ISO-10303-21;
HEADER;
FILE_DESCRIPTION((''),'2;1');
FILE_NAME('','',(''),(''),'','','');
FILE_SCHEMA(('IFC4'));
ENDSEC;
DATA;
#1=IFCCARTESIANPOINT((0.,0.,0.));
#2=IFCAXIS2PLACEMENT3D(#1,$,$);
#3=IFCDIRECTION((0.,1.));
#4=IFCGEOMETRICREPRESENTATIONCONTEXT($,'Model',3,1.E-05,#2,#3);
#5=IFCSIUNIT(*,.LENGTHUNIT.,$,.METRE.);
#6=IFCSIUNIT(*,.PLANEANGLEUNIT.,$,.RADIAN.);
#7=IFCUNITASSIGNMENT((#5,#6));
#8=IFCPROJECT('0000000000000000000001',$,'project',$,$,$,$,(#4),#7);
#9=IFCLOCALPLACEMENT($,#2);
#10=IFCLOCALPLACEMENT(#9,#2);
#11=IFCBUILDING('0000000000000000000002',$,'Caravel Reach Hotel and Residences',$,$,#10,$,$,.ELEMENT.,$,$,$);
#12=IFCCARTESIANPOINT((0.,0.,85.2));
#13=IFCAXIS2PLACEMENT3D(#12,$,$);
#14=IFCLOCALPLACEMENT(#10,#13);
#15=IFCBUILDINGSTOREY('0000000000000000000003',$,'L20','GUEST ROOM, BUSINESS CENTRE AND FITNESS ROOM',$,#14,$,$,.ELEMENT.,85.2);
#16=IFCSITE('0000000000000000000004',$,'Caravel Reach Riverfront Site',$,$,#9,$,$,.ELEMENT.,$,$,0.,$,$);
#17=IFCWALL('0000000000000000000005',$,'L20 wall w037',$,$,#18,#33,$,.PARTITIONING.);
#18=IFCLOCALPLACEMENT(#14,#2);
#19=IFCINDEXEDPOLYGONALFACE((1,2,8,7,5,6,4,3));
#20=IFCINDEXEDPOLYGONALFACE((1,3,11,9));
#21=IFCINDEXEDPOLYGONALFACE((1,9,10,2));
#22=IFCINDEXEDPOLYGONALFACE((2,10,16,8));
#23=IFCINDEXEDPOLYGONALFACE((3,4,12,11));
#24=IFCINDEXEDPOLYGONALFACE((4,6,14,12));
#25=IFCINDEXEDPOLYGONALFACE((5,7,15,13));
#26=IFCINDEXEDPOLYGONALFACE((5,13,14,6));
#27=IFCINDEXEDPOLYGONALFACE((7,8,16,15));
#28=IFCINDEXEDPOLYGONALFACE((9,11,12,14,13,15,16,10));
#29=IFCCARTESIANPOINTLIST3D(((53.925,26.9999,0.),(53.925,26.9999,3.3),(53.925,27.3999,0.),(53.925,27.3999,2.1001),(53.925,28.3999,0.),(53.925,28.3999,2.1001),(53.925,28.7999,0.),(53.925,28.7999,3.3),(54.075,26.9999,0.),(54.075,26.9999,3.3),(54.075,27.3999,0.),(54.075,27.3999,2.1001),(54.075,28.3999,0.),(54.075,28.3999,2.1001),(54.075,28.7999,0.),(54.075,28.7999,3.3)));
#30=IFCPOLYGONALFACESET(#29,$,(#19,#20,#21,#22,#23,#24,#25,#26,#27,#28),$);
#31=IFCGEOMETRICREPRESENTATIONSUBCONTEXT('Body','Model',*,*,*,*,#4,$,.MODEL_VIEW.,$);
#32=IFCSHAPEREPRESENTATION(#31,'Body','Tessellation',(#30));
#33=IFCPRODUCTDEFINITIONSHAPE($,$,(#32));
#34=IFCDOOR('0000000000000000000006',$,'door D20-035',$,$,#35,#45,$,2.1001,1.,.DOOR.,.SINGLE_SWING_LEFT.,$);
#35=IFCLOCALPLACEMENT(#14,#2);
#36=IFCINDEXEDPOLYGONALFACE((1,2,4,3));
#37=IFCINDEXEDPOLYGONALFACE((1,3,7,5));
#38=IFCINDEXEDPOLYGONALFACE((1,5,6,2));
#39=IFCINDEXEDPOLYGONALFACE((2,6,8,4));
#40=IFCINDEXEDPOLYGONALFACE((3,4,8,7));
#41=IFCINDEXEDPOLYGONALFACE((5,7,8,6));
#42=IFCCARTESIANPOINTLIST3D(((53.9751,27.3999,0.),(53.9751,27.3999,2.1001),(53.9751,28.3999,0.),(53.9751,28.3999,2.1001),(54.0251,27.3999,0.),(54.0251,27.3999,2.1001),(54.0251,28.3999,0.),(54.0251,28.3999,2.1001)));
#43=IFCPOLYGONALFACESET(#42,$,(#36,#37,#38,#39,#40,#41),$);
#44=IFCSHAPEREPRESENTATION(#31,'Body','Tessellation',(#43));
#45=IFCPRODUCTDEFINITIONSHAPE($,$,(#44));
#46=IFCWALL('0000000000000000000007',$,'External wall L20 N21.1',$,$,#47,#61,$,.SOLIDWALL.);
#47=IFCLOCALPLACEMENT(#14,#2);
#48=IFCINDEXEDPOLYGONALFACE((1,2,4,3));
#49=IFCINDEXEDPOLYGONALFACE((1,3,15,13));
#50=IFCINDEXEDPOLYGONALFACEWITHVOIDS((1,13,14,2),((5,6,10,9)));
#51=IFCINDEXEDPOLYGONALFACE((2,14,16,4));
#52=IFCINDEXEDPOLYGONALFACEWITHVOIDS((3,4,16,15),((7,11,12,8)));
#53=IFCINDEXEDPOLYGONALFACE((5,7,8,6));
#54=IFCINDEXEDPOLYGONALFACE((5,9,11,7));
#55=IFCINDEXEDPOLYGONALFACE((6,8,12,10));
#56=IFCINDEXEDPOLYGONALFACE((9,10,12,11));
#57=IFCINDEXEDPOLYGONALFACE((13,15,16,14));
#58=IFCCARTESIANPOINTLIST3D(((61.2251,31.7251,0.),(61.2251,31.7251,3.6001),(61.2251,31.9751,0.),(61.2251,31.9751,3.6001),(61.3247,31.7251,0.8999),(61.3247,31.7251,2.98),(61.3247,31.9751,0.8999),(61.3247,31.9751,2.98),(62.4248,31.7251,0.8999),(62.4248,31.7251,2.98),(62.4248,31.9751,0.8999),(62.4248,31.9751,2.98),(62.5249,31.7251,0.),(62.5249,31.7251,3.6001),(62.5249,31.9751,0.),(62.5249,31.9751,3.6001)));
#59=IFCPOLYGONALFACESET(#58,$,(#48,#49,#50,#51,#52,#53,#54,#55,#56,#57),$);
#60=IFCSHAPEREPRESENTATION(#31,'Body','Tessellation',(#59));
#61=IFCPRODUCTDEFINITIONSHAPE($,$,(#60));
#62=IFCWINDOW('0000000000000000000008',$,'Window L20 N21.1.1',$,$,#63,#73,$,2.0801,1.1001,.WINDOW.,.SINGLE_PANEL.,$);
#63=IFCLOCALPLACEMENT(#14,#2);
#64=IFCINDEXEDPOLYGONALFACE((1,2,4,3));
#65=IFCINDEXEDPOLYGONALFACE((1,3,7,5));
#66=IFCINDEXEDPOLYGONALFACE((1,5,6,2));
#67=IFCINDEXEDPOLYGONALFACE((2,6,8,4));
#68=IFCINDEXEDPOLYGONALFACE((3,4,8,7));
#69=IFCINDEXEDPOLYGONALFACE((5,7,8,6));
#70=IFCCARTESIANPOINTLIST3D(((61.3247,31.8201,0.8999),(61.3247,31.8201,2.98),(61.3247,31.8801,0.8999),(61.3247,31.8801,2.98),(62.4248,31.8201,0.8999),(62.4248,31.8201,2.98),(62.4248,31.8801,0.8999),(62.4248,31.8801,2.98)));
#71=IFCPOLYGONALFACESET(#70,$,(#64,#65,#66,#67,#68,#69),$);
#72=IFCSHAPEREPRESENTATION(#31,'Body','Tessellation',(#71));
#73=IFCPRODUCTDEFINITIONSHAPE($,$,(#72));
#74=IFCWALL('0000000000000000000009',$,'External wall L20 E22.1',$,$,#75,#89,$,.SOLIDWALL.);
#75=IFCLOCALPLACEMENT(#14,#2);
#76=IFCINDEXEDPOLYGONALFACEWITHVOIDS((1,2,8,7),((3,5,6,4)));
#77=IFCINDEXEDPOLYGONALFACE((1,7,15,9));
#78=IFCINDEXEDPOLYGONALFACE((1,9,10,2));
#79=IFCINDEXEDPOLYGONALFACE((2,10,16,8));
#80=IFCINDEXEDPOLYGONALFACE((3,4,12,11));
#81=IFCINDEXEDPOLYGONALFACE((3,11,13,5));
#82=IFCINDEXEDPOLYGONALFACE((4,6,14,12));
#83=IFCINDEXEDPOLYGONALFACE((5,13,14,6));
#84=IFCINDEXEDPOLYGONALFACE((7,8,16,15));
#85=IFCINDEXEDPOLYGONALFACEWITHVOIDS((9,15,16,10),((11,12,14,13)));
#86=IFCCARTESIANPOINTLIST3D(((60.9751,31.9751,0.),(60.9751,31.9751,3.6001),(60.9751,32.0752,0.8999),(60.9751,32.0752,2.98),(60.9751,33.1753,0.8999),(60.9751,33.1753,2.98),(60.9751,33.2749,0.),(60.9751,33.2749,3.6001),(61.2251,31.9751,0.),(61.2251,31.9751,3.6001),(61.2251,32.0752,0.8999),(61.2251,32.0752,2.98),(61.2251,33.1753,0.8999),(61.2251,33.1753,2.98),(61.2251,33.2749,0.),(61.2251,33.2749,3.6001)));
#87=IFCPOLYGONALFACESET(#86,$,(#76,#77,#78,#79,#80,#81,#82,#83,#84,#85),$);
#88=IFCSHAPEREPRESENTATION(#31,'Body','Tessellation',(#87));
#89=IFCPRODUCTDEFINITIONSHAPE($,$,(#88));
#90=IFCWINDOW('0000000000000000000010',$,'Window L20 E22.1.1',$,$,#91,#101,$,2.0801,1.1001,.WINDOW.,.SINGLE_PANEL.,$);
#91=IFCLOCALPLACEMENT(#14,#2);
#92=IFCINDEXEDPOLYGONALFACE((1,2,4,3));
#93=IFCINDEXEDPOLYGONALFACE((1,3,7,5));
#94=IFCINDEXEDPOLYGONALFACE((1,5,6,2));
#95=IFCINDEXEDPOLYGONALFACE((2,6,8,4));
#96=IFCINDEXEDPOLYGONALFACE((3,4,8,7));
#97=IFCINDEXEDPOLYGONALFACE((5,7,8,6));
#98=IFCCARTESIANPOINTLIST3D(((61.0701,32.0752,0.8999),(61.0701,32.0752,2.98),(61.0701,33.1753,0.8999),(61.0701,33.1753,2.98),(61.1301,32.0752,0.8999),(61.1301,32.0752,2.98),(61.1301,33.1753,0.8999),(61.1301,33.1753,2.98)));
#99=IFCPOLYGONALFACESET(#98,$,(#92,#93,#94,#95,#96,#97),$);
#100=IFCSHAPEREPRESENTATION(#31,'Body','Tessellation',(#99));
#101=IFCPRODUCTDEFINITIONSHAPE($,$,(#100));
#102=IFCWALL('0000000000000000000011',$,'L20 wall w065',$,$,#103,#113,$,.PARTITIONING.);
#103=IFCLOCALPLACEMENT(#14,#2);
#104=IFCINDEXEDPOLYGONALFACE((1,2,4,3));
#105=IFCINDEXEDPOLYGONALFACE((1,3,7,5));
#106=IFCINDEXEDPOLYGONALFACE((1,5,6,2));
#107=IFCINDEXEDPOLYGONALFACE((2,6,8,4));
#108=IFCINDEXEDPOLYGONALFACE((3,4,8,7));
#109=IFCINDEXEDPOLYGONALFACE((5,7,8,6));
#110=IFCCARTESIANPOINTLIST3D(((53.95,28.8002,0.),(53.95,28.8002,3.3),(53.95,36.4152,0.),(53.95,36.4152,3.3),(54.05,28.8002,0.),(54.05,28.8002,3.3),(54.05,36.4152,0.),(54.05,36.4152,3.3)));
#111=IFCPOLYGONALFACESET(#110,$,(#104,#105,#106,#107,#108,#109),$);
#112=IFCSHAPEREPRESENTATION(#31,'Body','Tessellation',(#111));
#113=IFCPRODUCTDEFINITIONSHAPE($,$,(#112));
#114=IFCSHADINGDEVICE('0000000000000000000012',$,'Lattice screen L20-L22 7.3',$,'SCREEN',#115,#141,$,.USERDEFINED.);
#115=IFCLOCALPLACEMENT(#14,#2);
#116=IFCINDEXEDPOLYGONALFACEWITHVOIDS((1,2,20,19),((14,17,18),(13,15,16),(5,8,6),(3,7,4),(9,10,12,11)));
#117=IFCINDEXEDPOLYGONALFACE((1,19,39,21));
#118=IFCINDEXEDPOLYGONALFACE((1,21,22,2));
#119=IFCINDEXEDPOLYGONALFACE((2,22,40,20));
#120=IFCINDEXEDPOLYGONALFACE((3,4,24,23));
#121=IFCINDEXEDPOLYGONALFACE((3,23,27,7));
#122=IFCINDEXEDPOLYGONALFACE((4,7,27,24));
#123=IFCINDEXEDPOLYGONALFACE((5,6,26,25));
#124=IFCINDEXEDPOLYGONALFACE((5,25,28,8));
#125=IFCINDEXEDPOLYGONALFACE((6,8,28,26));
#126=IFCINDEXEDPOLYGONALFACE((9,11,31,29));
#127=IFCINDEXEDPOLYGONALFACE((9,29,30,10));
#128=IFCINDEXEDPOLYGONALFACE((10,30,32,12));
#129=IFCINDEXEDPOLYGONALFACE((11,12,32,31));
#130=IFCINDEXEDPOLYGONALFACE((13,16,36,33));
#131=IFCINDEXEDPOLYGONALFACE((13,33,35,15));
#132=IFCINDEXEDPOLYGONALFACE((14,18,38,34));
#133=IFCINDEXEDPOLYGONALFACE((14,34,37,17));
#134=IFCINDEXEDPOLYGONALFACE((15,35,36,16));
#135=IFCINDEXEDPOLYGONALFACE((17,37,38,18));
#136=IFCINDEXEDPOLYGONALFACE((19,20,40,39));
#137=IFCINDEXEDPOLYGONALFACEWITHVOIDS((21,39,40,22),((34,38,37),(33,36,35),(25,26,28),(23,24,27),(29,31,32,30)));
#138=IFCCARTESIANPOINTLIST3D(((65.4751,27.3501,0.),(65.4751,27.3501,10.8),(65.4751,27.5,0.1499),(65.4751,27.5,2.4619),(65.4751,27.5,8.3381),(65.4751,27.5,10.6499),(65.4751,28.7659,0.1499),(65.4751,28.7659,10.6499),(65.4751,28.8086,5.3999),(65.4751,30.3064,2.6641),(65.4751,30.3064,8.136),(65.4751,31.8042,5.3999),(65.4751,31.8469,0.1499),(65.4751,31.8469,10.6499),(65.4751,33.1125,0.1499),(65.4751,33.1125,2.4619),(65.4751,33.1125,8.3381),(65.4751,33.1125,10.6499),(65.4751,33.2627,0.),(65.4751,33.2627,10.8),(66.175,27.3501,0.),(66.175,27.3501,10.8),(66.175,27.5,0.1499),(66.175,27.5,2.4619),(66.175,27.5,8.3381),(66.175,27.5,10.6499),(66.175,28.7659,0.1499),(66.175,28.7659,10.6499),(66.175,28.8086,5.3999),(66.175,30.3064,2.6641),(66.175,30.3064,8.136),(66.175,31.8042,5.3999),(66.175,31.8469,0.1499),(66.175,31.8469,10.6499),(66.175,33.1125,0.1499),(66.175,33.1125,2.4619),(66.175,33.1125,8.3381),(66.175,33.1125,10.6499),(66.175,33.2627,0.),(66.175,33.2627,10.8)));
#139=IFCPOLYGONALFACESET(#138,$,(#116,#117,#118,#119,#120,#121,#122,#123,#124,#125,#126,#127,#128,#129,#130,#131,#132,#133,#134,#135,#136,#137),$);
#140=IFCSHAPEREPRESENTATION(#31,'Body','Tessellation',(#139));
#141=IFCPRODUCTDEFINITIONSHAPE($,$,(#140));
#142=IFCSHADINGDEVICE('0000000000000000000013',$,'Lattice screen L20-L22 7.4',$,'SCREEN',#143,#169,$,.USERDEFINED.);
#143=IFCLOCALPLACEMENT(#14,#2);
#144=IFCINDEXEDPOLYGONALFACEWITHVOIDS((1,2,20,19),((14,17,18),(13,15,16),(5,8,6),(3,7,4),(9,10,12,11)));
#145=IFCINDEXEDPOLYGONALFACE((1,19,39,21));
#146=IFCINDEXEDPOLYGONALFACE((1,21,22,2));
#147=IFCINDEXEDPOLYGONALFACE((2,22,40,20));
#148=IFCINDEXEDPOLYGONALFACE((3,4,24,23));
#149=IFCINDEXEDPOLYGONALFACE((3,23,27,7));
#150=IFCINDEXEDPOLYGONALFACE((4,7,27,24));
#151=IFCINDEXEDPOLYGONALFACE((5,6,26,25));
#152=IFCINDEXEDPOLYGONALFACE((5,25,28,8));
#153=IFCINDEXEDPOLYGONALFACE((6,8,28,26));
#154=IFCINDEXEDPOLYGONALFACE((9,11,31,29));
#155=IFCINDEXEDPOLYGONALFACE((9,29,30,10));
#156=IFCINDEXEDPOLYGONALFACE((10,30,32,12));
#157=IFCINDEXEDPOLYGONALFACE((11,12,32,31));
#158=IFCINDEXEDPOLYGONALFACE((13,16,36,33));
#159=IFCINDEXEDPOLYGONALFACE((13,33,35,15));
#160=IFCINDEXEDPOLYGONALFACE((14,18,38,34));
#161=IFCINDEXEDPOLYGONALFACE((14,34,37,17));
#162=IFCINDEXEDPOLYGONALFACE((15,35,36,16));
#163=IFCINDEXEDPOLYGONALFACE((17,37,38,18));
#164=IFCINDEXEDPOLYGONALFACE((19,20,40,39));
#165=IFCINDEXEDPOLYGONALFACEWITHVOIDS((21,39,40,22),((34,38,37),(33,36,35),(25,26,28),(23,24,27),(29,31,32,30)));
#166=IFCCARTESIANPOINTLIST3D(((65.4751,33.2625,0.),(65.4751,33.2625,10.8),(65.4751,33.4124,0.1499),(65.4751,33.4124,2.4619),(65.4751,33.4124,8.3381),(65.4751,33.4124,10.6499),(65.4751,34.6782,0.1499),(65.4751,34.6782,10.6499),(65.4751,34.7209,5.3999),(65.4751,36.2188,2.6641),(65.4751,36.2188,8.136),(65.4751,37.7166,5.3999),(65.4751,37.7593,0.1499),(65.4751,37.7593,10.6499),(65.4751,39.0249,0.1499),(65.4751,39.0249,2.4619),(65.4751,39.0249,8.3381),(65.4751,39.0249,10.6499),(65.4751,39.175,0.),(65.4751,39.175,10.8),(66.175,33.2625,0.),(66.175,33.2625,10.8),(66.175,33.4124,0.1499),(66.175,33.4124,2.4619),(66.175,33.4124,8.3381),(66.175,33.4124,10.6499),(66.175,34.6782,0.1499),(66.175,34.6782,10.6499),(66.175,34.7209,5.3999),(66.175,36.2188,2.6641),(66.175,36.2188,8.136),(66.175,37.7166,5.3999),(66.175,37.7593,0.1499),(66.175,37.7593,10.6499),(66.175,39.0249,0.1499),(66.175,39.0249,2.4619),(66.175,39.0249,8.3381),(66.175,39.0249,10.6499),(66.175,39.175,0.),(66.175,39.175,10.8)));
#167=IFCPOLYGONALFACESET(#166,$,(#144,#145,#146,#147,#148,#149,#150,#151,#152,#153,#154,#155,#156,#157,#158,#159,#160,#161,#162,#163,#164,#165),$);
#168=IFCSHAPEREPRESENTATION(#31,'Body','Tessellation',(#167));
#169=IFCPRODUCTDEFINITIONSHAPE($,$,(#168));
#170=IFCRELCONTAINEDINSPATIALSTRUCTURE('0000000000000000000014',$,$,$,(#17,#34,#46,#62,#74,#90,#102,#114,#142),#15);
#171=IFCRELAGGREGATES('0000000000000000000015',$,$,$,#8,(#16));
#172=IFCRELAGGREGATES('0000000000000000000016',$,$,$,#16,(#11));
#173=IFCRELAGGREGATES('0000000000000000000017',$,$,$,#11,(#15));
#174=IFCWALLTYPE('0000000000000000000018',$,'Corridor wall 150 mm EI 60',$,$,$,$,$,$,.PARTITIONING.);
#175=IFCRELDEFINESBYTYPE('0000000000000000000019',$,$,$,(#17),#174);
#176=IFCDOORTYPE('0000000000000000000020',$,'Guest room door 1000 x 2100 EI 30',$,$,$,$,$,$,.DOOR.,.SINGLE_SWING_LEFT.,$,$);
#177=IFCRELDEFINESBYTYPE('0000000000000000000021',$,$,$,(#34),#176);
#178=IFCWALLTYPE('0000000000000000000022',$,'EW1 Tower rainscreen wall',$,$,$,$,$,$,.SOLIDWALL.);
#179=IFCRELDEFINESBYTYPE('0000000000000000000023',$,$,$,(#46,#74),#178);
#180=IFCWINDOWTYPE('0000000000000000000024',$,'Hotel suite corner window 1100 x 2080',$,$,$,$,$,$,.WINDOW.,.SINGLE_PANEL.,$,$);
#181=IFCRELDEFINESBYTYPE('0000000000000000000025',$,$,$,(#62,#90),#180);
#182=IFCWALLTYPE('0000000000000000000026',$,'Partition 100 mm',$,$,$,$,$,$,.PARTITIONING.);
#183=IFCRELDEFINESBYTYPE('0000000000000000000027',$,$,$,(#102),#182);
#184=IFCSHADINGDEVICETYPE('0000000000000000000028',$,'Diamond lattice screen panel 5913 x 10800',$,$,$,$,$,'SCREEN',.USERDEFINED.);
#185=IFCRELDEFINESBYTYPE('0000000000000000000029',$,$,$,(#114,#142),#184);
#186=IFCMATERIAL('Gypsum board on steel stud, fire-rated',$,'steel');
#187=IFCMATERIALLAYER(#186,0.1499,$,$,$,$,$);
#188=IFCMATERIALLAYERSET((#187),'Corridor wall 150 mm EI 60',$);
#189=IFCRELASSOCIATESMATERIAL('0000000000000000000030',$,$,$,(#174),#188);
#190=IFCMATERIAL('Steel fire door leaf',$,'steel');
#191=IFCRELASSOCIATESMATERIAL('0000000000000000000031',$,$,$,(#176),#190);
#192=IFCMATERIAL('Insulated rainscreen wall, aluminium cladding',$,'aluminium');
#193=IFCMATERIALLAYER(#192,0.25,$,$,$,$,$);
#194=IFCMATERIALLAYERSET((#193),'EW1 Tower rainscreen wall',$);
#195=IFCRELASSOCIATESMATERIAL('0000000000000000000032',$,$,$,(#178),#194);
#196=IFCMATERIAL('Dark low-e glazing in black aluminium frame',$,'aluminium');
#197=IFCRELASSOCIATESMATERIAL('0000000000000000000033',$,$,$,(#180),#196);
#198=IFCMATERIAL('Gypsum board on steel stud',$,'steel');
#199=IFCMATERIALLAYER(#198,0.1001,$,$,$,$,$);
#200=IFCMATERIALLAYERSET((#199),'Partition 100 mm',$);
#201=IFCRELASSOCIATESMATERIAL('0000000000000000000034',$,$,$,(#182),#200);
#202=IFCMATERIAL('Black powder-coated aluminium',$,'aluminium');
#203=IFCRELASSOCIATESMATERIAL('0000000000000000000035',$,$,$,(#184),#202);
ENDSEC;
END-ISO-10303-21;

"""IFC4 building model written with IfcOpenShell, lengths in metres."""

from ifc_helpers import new_model, si_unit, direction, frame, frame_2d, origin, place, context, subcontext, project, spatial, polyline, rectangle, outline, extrude, material, layer, layer_set, type_object, element, fill, save


model = new_model("IFC4")

# Units and contexts
model_context = context("Model", 3, precision=1e-05, world=origin(), true_north=direction((0.0, 1.0)))
body_context = subcontext(model_context, "Body", "Model", "MODEL_VIEW")
ifc_project = project(units=[si_unit("LENGTHUNIT", "METRE"), si_unit("PLANEANGLEUNIT", "RADIAN")], contexts=[model_context])

# Site, building, storey
site_placement = place(None, origin())
site = spatial("IfcSite", under=ifc_project, at=site_placement, Name="Caravel Reach Riverfront Site", CompositionType="ELEMENT", RefElevation=0.0)
building_placement = place(site_placement, origin())
building = spatial("IfcBuilding", under=site, at=building_placement, Name="Caravel Reach Hotel and Residences", CompositionType="ELEMENT")
storey_placement = place(building_placement, frame((0.0, 0.0, 85.2)))
storey = spatial("IfcBuildingStorey", under=building, at=storey_placement, Name="L20", Description="GUEST ROOM, BUSINESS CENTRE AND FITNESS ROOM", CompositionType="ELEMENT", Elevation=85.2)

# Wall, opening, door
ifc_material_1 = material(Name="Gypsum board on steel stud, fire-rated", Category="steel")
ifc_layer_1 = layer(ifc_material_1, 0.1499)
ifc_layer_set_1 = layer_set([ifc_layer_1], Name="Corridor wall 150 mm EI 60")
wall_type_1 = type_object("IfcWallType", Name="Corridor wall 150 mm EI 60", PredefinedType="PARTITIONING", material=ifc_layer_set_1)
wall_1_placement = place(storey_placement, frame((54.0, 27.0, 0.0), z_axis=(0.0, 0.0, 1.0), x_axis=(0.0, 1.0, 0.0)))
wall_1 = element("IfcWall", 1, at=wall_1_placement, inside=storey, type_object=wall_type_1, Name="L20 wall w037", PredefinedType="PARTITIONING", context=body_context, shape_type="SweptSolid", body=[
    extrude(rectangle(XDim=1.8, YDim=0.1499, at=frame_2d((0.8999, 0.0))), origin(), (0.0, 0.0, 1.0), 3.3),
])
opening_1_placement = place(wall_1_placement, frame((0.3999, 0.0, 0.0)))
opening_1 = element("IfcOpeningElement", 2, at=opening_1_placement, cuts=wall_1, PredefinedType="OPENING", context=body_context, shape_type="SweptSolid", body=[
    extrude(rectangle(XDim=1.0, YDim=2.1001, at=frame_2d((0.5, 1.05))), frame((0.0, 0.085, 0.0), z_axis=(0.0, -1.0, 0.0), x_axis=(1.0, 0.0, 0.0)), (0.0, 0.0, 1.0), 0.1699),
])
ifc_material_2 = material(Name="Steel fire door leaf", Category="steel")
door_type = type_object("IfcDoorType", Name="Guest room door 1000 x 2100 EI 30", OperationType="SINGLE_SWING_LEFT", PredefinedType="DOOR", material=ifc_material_2)
door_placement = place(opening_1_placement, origin())
door = element("IfcDoor", 3, at=door_placement, inside=storey, type_object=door_type, Name="door D20-035", OperationType="SINGLE_SWING_LEFT", OverallHeight=2.1001, OverallWidth=1.0, PredefinedType="DOOR", context=body_context, shape_type="SweptSolid", body=[
    extrude(rectangle(XDim=1.0, YDim=2.1001, at=frame_2d((0.5, 1.05))), frame((0.0, 0.0249, 0.0), z_axis=(0.0, -1.0, 0.0), x_axis=(1.0, 0.0, 0.0)), (0.0, 0.0, 1.0), 0.05),
])
fill(opening_1, door)

# Walls, openings, windows
ifc_material_3 = material(Name="Insulated rainscreen wall, aluminium cladding", Category="aluminium")
ifc_layer_2 = layer(ifc_material_3, 0.25)
ifc_layer_set_2 = layer_set([ifc_layer_2], Name="EW1 Tower rainscreen wall")
wall_type_2 = type_object("IfcWallType", Name="EW1 Tower rainscreen wall", PredefinedType="SOLIDWALL", material=ifc_layer_set_2)
wall_2_placement = place(storey_placement, frame((62.5249, 31.8501, 0.0), z_axis=(0.0, 0.0, 1.0), x_axis=(-1.0, 0.0, 0.0)))
wall_2 = element("IfcWall", 4, at=wall_2_placement, inside=storey, type_object=wall_type_2, Name="External wall L20 N21.1", PredefinedType="SOLIDWALL", context=body_context, shape_type="SweptSolid", body=[
    extrude(rectangle(XDim=1.2998, YDim=0.25, at=frame_2d((0.6499, 0.0))), origin(), (0.0, 0.0, 1.0), 3.6001),
])
opening_2_placement = place(wall_2_placement, frame((0.1001, 0.0, 0.8999)))
opening_2 = element("IfcOpeningElement", 5, at=opening_2_placement, cuts=wall_2, PredefinedType="OPENING", context=body_context, shape_type="SweptSolid", body=[
    extrude(rectangle(XDim=1.1001, YDim=2.0801, at=frame_2d((0.55, 1.04))), frame((0.0, 0.135, 0.0), z_axis=(0.0, -1.0, 0.0), x_axis=(1.0, 0.0, 0.0)), (0.0, 0.0, 1.0), 0.27),
])
ifc_material_4 = material(Name="Dark low-e glazing in black aluminium frame", Category="aluminium")
window_type = type_object("IfcWindowType", Name="Hotel suite corner window 1100 x 2080", PartitioningType="SINGLE_PANEL", PredefinedType="WINDOW", material=ifc_material_4)
window_1_placement = place(opening_2_placement, origin())
window_1 = element("IfcWindow", 6, at=window_1_placement, inside=storey, type_object=window_type, Name="Window L20 N21.1.1", OverallHeight=2.0801, OverallWidth=1.1001, PartitioningType="SINGLE_PANEL", PredefinedType="WINDOW", context=body_context, shape_type="SweptSolid", body=[
    extrude(rectangle(XDim=1.1001, YDim=2.0801, at=frame_2d((0.55, 1.04))), frame((0.0, 0.03, 0.0), z_axis=(0.0, -1.0, 0.0), x_axis=(1.0, 0.0, 0.0)), (0.0, 0.0, 1.0), 0.0601),
])
fill(opening_2, window_1)
wall_3_placement = place(storey_placement, frame((61.1001, 31.9751, 0.0), z_axis=(0.0, 0.0, 1.0), x_axis=(0.0, 1.0, 0.0)))
wall_3 = element("IfcWall", 7, at=wall_3_placement, inside=storey, type_object=wall_type_2, Name="External wall L20 E22.1", PredefinedType="SOLIDWALL", context=body_context, shape_type="SweptSolid", body=[
    extrude(rectangle(XDim=1.2998, YDim=0.25, at=frame_2d((0.6499, 0.0))), origin(), (0.0, 0.0, 1.0), 3.6001),
])
opening_3_placement = place(wall_3_placement, frame((0.1001, 0.0, 0.8999)))
opening_3 = element("IfcOpeningElement", 8, at=opening_3_placement, cuts=wall_3, PredefinedType="OPENING", context=body_context, shape_type="SweptSolid", body=[
    extrude(rectangle(XDim=1.1001, YDim=2.0801, at=frame_2d((0.55, 1.04))), frame((0.0, 0.135, 0.0), z_axis=(0.0, -1.0, 0.0), x_axis=(1.0, 0.0, 0.0)), (0.0, 0.0, 1.0), 0.27),
])
window_2_placement = place(opening_3_placement, origin())
window_2 = element("IfcWindow", 9, at=window_2_placement, inside=storey, type_object=window_type, Name="Window L20 E22.1.1", OverallHeight=2.0801, OverallWidth=1.1001, PartitioningType="SINGLE_PANEL", PredefinedType="WINDOW", context=body_context, shape_type="SweptSolid", body=[
    extrude(rectangle(XDim=1.1001, YDim=2.0801, at=frame_2d((0.55, 1.04))), frame((0.0, 0.03, 0.0), z_axis=(0.0, -1.0, 0.0), x_axis=(1.0, 0.0, 0.0)), (0.0, 0.0, 1.0), 0.0601),
])
fill(opening_3, window_2)

# Wall
ifc_material_5 = material(Name="Gypsum board on steel stud", Category="steel")
ifc_layer_3 = layer(ifc_material_5, 0.1001)
ifc_layer_set_3 = layer_set([ifc_layer_3], Name="Partition 100 mm")
wall_type_3 = type_object("IfcWallType", Name="Partition 100 mm", PredefinedType="PARTITIONING", material=ifc_layer_set_3)
wall_4_placement = place(storey_placement, frame((54.0, 28.8, 0.0), z_axis=(0.0, 0.0, 1.0), x_axis=(0.0, 1.0, 0.0)))
element("IfcWall", 10, at=wall_4_placement, inside=storey, type_object=wall_type_3, Name="L20 wall w065", PredefinedType="PARTITIONING", context=body_context, shape_type="SweptSolid", body=[
    extrude(rectangle(XDim=7.615, YDim=0.1001, at=frame_2d((3.8076, 0.0))), origin(), (0.0, 0.0, 1.0), 3.3),
])

# Shading devices
ifc_material_6 = material(Name="Black powder-coated aluminium", Category="aluminium")
shading_device_type = type_object("IfcShadingDeviceType", Name="Diamond lattice screen panel 5913 x 10800", ElementType="SCREEN", PredefinedType="USERDEFINED", material=ifc_material_6)
for number, where, z_axis, x_axis, name in (
    (11, (65.4751, 27.3501, 0.0), (1.0, 0.0, 0.0), (0.0, 1.0, 0.0), "Lattice screen L20-L22 7.3"),
    (12, (65.4751, 33.2625, 0.0), (1.0, 0.0, 0.0), (0.0, 1.0, 0.0), "Lattice screen L20-L22 7.4"),
):
    element("IfcShadingDevice", number, at=place(storey_placement, frame(where, z_axis=z_axis, x_axis=x_axis)), inside=storey, type_object=shading_device_type, Name=name, ObjectType="SCREEN", PredefinedType="USERDEFINED", context=body_context, shape_type="SweptSolid", body=[
        extrude(outline(polyline([(0.0, 0.0), (5.9126, 0.0), (5.9126, 10.8), (0.0, 10.8), (0.0, 0.0)]), holes=[polyline([(1.4158, 0.1499), (0.1499, 2.4619), (0.1499, 0.1499), (1.4158, 0.1499)]), polyline([(0.1499, 8.3381), (1.4158, 10.6499), (0.1499, 10.6499), (0.1499, 8.3381)]), polyline([(2.9563, 8.136), (1.4585, 5.3999), (2.9563, 2.6641), (4.4541, 5.3999), (2.9563, 8.136)]), polyline([(5.7625, 2.4619), (4.4968, 0.1499), (5.7625, 0.1499), (5.7625, 2.4619)]), polyline([(4.4968, 10.6499), (5.7625, 8.3381), (5.7625, 10.6499), (4.4968, 10.6499)])]), origin(), (0.0, 0.0, 1.0), 0.7),
    ])

save(model, "model.ifc")
